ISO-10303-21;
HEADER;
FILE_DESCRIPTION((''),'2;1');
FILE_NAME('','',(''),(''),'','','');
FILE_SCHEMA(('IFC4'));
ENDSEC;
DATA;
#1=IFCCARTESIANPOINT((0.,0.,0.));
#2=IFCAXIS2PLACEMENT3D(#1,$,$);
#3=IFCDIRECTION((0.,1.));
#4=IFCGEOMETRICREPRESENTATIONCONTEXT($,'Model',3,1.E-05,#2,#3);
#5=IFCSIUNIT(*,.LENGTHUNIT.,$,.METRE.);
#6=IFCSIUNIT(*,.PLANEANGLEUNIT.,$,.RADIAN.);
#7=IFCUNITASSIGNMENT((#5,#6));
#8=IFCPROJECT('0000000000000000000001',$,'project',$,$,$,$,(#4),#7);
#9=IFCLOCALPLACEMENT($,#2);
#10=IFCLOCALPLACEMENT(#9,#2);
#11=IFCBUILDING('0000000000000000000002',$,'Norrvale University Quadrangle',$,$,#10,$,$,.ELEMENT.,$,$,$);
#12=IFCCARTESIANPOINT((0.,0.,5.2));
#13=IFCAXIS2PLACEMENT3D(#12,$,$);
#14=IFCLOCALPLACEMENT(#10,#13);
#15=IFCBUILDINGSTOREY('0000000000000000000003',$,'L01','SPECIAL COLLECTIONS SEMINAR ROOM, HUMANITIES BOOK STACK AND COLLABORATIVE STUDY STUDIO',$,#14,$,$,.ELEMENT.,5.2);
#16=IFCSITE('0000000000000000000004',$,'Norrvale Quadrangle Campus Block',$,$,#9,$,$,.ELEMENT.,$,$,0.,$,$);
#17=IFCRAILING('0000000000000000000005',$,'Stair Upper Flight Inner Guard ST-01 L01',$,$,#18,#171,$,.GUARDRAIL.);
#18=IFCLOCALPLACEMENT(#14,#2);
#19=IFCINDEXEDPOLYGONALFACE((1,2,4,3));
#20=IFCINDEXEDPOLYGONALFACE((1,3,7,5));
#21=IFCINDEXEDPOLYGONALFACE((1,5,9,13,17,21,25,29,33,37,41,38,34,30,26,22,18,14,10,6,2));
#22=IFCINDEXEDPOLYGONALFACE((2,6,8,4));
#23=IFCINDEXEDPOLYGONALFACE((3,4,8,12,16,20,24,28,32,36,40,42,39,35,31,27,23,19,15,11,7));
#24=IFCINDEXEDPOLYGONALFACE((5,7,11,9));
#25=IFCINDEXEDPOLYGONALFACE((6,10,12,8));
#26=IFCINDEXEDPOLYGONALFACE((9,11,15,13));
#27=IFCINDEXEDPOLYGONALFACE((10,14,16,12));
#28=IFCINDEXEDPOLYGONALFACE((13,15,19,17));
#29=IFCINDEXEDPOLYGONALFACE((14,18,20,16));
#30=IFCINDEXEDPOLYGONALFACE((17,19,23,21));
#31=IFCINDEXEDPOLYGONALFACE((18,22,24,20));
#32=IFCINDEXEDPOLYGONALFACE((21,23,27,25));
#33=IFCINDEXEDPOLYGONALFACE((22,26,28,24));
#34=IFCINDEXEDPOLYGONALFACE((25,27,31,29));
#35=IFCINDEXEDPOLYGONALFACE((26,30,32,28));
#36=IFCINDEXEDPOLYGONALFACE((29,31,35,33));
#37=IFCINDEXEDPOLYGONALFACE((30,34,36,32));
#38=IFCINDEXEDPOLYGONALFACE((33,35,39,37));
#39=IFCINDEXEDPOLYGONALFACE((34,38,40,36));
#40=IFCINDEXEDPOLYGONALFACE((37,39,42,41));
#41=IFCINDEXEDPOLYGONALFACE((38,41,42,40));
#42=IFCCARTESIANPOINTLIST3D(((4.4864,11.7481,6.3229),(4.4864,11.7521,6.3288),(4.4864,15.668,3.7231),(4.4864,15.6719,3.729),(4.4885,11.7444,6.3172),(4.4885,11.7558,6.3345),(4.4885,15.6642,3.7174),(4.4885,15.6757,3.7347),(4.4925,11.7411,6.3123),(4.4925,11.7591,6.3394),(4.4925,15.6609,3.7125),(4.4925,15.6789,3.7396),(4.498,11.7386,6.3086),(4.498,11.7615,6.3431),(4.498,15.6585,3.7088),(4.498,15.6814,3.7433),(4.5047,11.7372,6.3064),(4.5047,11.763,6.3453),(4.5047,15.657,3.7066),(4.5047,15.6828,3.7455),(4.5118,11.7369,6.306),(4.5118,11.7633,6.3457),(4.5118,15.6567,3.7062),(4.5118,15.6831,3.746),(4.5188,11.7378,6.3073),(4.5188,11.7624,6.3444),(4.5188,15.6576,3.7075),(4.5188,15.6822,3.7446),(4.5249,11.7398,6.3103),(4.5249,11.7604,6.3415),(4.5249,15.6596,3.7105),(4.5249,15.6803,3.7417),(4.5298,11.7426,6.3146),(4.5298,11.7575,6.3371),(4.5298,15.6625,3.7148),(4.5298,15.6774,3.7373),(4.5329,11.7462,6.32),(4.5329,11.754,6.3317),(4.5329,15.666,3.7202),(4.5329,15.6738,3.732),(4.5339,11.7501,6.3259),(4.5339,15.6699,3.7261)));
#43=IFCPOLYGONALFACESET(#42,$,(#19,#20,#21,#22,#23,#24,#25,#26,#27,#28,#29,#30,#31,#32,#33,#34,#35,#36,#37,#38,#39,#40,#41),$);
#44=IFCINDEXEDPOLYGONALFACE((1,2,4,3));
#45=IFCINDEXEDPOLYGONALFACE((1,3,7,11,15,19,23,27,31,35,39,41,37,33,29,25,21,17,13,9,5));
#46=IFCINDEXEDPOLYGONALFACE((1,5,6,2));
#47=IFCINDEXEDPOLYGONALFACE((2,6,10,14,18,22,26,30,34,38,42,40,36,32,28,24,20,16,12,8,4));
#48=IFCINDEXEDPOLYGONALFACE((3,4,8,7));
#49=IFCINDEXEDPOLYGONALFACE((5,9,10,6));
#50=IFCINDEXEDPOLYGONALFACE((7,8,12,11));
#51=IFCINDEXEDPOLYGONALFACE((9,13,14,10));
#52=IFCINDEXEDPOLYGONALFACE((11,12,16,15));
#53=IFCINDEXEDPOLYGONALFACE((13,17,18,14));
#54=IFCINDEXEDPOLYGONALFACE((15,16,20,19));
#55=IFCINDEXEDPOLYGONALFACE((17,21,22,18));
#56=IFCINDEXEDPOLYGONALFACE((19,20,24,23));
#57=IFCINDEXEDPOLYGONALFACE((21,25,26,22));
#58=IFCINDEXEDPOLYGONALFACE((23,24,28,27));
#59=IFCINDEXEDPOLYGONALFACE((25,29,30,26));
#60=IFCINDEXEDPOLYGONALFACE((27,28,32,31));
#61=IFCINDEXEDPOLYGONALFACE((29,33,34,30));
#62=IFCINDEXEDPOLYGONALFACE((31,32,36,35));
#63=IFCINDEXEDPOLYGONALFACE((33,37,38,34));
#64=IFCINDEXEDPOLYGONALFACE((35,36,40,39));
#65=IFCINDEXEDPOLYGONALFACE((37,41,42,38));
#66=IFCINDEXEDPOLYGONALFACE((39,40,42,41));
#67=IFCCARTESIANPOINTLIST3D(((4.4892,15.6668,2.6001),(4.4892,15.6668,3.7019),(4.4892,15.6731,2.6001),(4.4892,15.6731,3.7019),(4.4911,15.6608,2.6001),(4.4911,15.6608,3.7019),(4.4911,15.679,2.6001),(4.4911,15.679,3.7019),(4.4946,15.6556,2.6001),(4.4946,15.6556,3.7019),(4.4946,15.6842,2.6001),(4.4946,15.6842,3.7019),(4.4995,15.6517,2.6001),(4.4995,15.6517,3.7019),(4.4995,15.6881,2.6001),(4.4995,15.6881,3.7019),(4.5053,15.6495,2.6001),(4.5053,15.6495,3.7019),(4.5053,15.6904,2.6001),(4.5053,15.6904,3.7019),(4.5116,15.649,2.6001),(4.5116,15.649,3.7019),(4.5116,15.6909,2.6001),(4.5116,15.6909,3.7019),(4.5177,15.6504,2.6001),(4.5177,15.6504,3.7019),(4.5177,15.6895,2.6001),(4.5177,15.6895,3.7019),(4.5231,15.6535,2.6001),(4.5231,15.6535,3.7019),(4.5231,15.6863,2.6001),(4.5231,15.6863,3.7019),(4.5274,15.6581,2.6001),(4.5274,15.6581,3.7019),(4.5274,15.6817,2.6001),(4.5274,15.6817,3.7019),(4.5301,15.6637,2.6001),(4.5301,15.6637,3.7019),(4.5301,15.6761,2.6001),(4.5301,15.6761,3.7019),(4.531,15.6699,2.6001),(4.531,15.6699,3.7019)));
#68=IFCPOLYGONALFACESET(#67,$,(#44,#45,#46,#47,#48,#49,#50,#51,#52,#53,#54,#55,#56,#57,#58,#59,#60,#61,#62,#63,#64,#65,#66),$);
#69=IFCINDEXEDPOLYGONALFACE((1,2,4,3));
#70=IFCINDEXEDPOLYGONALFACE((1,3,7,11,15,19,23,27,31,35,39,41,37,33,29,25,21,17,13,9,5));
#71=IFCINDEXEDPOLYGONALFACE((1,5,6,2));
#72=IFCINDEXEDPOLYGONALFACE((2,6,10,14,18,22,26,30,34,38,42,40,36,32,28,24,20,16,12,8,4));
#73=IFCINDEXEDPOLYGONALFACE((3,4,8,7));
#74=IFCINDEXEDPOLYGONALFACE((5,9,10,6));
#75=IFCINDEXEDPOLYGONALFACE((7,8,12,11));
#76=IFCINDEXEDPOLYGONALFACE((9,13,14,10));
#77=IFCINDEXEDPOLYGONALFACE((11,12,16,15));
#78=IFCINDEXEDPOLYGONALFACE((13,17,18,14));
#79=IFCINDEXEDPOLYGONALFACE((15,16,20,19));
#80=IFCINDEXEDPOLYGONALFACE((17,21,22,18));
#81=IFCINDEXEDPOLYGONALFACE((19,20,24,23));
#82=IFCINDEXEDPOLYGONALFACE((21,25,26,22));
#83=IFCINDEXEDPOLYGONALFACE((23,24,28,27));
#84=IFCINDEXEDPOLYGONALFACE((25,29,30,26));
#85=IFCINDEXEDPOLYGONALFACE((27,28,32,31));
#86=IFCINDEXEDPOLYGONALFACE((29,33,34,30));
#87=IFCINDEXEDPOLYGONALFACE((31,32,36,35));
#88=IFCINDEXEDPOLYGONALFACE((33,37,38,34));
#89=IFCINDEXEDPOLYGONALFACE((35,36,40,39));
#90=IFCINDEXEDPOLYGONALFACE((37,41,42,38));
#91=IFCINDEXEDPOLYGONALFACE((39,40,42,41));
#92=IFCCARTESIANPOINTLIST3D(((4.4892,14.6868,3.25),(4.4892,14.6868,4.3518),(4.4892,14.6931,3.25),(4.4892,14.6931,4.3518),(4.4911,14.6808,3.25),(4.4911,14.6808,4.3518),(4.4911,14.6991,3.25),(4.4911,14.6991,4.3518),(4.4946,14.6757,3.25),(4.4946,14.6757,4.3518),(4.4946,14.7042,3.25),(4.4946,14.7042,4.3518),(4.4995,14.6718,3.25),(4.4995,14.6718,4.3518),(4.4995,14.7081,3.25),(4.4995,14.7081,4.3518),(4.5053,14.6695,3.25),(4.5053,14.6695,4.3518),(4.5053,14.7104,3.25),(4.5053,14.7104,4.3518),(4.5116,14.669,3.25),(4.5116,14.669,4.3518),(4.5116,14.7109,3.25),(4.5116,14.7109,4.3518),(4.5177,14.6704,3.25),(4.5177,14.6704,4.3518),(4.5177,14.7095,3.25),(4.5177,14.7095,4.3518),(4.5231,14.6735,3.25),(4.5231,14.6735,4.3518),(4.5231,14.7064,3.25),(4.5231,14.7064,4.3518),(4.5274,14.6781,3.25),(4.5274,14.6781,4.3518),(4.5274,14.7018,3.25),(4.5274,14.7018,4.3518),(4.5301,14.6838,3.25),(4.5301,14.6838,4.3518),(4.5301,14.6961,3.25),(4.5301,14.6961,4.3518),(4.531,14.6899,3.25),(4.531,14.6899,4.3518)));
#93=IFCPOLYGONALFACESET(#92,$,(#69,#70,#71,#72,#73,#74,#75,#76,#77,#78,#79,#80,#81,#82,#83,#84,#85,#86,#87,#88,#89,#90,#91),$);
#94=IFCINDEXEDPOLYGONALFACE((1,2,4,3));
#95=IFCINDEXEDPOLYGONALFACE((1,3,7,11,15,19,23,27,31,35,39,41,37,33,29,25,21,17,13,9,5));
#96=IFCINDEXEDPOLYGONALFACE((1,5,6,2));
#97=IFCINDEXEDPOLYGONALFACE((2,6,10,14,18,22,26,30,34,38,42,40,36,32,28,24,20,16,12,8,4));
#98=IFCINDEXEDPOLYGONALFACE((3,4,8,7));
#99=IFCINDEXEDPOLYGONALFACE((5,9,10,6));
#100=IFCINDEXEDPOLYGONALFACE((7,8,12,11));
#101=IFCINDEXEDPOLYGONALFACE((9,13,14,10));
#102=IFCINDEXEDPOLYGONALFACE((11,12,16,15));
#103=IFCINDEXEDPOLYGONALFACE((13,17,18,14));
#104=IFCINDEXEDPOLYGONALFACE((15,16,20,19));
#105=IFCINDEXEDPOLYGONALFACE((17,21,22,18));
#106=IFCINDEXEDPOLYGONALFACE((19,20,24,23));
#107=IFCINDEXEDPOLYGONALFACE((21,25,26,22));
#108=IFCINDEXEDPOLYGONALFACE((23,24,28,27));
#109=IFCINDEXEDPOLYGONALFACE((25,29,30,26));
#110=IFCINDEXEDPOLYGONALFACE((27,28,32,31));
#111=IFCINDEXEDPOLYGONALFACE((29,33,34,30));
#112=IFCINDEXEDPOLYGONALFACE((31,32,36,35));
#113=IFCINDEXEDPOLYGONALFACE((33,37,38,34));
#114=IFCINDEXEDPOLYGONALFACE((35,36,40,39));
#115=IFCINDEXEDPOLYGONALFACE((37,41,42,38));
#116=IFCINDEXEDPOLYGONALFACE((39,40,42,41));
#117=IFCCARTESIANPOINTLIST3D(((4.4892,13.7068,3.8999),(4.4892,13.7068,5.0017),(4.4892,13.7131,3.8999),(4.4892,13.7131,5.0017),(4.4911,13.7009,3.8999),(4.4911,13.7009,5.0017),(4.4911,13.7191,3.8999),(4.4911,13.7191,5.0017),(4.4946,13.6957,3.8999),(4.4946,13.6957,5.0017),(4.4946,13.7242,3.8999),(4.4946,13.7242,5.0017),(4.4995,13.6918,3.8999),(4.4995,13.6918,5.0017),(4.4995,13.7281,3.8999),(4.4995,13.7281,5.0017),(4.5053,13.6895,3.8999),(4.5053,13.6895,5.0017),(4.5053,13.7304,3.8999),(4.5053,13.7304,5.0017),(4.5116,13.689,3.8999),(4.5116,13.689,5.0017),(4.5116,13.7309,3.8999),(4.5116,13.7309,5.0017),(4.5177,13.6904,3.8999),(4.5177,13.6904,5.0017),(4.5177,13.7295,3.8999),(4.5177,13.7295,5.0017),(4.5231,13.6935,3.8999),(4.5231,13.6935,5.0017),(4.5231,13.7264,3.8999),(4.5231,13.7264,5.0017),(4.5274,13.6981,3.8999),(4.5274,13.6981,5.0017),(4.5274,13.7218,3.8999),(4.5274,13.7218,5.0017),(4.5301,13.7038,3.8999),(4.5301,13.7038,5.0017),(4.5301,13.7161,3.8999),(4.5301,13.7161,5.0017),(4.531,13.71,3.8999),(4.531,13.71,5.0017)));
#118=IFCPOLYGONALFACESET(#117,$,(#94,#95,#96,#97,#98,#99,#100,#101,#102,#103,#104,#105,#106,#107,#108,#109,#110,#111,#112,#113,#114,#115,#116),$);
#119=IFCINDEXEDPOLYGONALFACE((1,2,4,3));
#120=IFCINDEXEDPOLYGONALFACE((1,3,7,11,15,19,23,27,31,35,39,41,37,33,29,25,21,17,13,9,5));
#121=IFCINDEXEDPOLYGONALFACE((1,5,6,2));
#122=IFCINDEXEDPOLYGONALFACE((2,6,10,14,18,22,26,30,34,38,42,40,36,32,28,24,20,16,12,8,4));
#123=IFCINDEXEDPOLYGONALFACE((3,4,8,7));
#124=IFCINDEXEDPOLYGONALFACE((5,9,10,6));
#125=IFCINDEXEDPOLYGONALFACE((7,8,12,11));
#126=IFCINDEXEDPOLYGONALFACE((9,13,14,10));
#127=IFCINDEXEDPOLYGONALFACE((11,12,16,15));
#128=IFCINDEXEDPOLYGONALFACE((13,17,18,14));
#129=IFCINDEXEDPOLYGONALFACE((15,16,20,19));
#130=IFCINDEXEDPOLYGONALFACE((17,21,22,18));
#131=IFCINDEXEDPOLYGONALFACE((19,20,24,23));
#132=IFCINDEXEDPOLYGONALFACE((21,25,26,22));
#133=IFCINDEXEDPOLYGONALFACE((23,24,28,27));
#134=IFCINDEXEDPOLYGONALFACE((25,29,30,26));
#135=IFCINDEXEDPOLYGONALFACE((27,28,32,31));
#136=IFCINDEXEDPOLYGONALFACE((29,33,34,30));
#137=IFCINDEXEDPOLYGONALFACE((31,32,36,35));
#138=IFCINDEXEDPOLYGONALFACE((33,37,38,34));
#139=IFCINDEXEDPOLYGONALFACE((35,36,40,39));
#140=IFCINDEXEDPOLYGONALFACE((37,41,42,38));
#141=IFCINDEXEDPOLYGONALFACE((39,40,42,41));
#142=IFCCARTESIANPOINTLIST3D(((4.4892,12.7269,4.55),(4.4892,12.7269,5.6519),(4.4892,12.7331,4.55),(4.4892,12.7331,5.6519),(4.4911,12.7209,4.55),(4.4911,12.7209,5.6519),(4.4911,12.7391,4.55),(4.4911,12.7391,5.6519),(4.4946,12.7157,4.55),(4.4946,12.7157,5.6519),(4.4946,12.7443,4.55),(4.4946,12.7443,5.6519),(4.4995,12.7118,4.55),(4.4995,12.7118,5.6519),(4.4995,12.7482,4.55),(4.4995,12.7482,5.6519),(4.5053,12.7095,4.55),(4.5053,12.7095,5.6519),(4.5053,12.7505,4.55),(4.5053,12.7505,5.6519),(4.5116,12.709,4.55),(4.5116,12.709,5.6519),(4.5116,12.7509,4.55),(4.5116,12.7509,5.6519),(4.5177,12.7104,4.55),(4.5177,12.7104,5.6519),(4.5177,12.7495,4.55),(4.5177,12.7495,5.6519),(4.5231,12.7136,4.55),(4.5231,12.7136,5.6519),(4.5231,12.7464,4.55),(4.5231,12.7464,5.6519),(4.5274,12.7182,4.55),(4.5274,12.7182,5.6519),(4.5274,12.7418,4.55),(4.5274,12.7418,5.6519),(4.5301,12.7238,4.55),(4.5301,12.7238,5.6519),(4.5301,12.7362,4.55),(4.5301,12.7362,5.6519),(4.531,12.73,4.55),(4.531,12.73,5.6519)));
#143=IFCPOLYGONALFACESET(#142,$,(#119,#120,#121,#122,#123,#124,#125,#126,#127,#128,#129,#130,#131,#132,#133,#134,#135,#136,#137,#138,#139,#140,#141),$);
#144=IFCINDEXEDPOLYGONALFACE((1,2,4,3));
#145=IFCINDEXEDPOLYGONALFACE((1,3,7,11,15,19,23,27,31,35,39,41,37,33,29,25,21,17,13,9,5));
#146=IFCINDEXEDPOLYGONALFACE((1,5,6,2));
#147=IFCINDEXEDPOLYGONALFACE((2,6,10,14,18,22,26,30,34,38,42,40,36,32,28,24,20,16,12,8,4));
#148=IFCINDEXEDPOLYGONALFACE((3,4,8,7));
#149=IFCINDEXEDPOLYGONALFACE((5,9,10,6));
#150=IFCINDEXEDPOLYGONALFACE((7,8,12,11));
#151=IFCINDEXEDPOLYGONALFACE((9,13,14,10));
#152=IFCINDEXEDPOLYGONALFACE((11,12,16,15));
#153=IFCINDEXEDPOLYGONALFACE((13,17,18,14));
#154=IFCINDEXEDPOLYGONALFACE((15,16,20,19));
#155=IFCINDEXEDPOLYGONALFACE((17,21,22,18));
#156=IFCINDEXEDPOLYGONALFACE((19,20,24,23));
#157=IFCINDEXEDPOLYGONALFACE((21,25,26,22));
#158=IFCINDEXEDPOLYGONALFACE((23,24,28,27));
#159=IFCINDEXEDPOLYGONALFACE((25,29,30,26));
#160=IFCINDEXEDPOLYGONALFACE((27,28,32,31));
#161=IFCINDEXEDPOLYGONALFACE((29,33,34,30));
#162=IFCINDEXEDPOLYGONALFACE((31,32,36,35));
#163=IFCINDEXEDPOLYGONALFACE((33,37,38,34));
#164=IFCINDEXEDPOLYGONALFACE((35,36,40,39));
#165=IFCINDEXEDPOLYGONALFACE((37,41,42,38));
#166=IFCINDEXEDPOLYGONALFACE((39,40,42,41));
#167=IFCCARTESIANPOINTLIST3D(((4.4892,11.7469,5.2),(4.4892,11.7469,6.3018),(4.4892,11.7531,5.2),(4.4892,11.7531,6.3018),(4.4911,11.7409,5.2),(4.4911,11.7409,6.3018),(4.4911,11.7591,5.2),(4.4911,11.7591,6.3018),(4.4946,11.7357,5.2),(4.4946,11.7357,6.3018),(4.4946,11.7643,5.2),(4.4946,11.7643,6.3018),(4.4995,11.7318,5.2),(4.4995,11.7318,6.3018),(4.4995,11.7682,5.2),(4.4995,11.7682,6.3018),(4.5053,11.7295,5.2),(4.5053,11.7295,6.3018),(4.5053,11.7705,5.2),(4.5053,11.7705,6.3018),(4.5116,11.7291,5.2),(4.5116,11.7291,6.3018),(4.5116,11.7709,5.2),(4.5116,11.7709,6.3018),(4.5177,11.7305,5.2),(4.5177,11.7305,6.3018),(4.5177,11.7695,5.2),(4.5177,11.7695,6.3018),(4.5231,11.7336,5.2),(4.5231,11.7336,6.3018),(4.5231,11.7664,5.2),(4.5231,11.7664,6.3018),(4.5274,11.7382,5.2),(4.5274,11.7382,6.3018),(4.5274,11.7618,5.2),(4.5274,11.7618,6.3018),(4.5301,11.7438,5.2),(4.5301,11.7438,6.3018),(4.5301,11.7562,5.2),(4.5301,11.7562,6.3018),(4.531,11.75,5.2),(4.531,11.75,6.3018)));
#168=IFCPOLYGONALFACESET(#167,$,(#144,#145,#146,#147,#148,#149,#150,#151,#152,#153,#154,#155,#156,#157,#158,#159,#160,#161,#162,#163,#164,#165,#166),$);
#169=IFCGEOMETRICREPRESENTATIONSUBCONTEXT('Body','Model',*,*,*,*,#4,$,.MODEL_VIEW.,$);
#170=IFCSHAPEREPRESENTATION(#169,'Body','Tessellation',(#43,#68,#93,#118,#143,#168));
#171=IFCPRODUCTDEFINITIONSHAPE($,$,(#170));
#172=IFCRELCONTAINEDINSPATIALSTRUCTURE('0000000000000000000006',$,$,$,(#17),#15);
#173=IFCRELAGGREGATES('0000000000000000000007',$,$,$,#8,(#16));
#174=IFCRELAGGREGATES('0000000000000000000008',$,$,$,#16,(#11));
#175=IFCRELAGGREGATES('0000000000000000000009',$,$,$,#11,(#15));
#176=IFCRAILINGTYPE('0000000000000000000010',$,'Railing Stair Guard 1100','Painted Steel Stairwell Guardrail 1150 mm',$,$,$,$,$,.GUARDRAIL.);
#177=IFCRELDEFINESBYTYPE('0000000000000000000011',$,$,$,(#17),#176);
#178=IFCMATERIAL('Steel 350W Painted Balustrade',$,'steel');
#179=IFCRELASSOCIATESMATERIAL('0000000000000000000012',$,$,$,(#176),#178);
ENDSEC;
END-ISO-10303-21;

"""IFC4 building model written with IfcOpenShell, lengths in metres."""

from ifc_helpers import new_model, si_unit, direction, frame, origin, origin_2d, place, context, subcontext, project, spatial, circle, extrude, material, type_object, element, save


model = new_model("IFC4")

# Units and contexts
model_context = context("Model", 3, precision=1e-05, world=origin(), true_north=direction((0.0, 1.0)))
body_context = subcontext(model_context, "Body", "Model", "MODEL_VIEW")
ifc_project = project(units=[si_unit("LENGTHUNIT", "METRE"), si_unit("PLANEANGLEUNIT", "RADIAN")], contexts=[model_context])

# Site, building, storey
site_placement = place(None, origin())
site = spatial("IfcSite", under=ifc_project, at=site_placement, Name="Norrvale Quadrangle Campus Block", CompositionType="ELEMENT", RefElevation=0.0)
building_placement = place(site_placement, origin())
building = spatial("IfcBuilding", under=site, at=building_placement, Name="Norrvale University Quadrangle", CompositionType="ELEMENT")
storey_placement = place(building_placement, frame((0.0, 0.0, 5.2)))
storey = spatial("IfcBuildingStorey", under=building, at=storey_placement, Name="L01", Description="SPECIAL COLLECTIONS SEMINAR ROOM, HUMANITIES BOOK STACK AND COLLABORATIVE STUDY STUDIO", CompositionType="ELEMENT", Elevation=5.2)

# Railing
ifc_material_1 = material(Name="Steel 350W Painted Balustrade", Category="steel")
railing_type_1 = type_object("IfcRailingType", Name="Railing Stair Guard 1100", Description="Painted Steel Stairwell Guardrail 1150 mm", PredefinedType="GUARDRAIL", material=ifc_material_1)
railing_1_placement = place(storey_placement, frame((4.51, 15.6699, 2.6001)))
element("IfcRailing", 1, at=railing_1_placement, inside=storey, type_object=railing_type_1, Name="Stair Upper Flight Inner Guard ST-01 L01", PredefinedType="GUARDRAIL", context=body_context, shape_type="SweptSolid", body=[
    extrude(circle(Radius=0.0239, at=origin_2d()), frame((0.0, 0.0, 1.126), z_axis=(0.0, -0.833366, 0.552722), x_axis=(1.0, 0.0, 0.0)), (0.0, 0.0, 1.0), 4.7036),
    extrude(circle(Radius=0.021, at=origin_2d()), origin(), (0.0, 0.0, 1.0), 1.1018),
    extrude(circle(Radius=0.021, at=origin_2d()), frame((0.0, -0.98, 0.6499)), (0.0, 0.0, 1.0), 1.1018),
    extrude(circle(Radius=0.021, at=origin_2d()), frame((0.0, -1.96, 1.2998)), (0.0, 0.0, 1.0), 1.1018),
    extrude(circle(Radius=0.021, at=origin_2d()), frame((0.0, -2.9399, 1.95)), (0.0, 0.0, 1.0), 1.1018),
    extrude(circle(Radius=0.021, at=origin_2d()), frame((0.0, -3.9199, 2.5999)), (0.0, 0.0, 1.0), 1.1018),
])

save(model, "model.ifc")
